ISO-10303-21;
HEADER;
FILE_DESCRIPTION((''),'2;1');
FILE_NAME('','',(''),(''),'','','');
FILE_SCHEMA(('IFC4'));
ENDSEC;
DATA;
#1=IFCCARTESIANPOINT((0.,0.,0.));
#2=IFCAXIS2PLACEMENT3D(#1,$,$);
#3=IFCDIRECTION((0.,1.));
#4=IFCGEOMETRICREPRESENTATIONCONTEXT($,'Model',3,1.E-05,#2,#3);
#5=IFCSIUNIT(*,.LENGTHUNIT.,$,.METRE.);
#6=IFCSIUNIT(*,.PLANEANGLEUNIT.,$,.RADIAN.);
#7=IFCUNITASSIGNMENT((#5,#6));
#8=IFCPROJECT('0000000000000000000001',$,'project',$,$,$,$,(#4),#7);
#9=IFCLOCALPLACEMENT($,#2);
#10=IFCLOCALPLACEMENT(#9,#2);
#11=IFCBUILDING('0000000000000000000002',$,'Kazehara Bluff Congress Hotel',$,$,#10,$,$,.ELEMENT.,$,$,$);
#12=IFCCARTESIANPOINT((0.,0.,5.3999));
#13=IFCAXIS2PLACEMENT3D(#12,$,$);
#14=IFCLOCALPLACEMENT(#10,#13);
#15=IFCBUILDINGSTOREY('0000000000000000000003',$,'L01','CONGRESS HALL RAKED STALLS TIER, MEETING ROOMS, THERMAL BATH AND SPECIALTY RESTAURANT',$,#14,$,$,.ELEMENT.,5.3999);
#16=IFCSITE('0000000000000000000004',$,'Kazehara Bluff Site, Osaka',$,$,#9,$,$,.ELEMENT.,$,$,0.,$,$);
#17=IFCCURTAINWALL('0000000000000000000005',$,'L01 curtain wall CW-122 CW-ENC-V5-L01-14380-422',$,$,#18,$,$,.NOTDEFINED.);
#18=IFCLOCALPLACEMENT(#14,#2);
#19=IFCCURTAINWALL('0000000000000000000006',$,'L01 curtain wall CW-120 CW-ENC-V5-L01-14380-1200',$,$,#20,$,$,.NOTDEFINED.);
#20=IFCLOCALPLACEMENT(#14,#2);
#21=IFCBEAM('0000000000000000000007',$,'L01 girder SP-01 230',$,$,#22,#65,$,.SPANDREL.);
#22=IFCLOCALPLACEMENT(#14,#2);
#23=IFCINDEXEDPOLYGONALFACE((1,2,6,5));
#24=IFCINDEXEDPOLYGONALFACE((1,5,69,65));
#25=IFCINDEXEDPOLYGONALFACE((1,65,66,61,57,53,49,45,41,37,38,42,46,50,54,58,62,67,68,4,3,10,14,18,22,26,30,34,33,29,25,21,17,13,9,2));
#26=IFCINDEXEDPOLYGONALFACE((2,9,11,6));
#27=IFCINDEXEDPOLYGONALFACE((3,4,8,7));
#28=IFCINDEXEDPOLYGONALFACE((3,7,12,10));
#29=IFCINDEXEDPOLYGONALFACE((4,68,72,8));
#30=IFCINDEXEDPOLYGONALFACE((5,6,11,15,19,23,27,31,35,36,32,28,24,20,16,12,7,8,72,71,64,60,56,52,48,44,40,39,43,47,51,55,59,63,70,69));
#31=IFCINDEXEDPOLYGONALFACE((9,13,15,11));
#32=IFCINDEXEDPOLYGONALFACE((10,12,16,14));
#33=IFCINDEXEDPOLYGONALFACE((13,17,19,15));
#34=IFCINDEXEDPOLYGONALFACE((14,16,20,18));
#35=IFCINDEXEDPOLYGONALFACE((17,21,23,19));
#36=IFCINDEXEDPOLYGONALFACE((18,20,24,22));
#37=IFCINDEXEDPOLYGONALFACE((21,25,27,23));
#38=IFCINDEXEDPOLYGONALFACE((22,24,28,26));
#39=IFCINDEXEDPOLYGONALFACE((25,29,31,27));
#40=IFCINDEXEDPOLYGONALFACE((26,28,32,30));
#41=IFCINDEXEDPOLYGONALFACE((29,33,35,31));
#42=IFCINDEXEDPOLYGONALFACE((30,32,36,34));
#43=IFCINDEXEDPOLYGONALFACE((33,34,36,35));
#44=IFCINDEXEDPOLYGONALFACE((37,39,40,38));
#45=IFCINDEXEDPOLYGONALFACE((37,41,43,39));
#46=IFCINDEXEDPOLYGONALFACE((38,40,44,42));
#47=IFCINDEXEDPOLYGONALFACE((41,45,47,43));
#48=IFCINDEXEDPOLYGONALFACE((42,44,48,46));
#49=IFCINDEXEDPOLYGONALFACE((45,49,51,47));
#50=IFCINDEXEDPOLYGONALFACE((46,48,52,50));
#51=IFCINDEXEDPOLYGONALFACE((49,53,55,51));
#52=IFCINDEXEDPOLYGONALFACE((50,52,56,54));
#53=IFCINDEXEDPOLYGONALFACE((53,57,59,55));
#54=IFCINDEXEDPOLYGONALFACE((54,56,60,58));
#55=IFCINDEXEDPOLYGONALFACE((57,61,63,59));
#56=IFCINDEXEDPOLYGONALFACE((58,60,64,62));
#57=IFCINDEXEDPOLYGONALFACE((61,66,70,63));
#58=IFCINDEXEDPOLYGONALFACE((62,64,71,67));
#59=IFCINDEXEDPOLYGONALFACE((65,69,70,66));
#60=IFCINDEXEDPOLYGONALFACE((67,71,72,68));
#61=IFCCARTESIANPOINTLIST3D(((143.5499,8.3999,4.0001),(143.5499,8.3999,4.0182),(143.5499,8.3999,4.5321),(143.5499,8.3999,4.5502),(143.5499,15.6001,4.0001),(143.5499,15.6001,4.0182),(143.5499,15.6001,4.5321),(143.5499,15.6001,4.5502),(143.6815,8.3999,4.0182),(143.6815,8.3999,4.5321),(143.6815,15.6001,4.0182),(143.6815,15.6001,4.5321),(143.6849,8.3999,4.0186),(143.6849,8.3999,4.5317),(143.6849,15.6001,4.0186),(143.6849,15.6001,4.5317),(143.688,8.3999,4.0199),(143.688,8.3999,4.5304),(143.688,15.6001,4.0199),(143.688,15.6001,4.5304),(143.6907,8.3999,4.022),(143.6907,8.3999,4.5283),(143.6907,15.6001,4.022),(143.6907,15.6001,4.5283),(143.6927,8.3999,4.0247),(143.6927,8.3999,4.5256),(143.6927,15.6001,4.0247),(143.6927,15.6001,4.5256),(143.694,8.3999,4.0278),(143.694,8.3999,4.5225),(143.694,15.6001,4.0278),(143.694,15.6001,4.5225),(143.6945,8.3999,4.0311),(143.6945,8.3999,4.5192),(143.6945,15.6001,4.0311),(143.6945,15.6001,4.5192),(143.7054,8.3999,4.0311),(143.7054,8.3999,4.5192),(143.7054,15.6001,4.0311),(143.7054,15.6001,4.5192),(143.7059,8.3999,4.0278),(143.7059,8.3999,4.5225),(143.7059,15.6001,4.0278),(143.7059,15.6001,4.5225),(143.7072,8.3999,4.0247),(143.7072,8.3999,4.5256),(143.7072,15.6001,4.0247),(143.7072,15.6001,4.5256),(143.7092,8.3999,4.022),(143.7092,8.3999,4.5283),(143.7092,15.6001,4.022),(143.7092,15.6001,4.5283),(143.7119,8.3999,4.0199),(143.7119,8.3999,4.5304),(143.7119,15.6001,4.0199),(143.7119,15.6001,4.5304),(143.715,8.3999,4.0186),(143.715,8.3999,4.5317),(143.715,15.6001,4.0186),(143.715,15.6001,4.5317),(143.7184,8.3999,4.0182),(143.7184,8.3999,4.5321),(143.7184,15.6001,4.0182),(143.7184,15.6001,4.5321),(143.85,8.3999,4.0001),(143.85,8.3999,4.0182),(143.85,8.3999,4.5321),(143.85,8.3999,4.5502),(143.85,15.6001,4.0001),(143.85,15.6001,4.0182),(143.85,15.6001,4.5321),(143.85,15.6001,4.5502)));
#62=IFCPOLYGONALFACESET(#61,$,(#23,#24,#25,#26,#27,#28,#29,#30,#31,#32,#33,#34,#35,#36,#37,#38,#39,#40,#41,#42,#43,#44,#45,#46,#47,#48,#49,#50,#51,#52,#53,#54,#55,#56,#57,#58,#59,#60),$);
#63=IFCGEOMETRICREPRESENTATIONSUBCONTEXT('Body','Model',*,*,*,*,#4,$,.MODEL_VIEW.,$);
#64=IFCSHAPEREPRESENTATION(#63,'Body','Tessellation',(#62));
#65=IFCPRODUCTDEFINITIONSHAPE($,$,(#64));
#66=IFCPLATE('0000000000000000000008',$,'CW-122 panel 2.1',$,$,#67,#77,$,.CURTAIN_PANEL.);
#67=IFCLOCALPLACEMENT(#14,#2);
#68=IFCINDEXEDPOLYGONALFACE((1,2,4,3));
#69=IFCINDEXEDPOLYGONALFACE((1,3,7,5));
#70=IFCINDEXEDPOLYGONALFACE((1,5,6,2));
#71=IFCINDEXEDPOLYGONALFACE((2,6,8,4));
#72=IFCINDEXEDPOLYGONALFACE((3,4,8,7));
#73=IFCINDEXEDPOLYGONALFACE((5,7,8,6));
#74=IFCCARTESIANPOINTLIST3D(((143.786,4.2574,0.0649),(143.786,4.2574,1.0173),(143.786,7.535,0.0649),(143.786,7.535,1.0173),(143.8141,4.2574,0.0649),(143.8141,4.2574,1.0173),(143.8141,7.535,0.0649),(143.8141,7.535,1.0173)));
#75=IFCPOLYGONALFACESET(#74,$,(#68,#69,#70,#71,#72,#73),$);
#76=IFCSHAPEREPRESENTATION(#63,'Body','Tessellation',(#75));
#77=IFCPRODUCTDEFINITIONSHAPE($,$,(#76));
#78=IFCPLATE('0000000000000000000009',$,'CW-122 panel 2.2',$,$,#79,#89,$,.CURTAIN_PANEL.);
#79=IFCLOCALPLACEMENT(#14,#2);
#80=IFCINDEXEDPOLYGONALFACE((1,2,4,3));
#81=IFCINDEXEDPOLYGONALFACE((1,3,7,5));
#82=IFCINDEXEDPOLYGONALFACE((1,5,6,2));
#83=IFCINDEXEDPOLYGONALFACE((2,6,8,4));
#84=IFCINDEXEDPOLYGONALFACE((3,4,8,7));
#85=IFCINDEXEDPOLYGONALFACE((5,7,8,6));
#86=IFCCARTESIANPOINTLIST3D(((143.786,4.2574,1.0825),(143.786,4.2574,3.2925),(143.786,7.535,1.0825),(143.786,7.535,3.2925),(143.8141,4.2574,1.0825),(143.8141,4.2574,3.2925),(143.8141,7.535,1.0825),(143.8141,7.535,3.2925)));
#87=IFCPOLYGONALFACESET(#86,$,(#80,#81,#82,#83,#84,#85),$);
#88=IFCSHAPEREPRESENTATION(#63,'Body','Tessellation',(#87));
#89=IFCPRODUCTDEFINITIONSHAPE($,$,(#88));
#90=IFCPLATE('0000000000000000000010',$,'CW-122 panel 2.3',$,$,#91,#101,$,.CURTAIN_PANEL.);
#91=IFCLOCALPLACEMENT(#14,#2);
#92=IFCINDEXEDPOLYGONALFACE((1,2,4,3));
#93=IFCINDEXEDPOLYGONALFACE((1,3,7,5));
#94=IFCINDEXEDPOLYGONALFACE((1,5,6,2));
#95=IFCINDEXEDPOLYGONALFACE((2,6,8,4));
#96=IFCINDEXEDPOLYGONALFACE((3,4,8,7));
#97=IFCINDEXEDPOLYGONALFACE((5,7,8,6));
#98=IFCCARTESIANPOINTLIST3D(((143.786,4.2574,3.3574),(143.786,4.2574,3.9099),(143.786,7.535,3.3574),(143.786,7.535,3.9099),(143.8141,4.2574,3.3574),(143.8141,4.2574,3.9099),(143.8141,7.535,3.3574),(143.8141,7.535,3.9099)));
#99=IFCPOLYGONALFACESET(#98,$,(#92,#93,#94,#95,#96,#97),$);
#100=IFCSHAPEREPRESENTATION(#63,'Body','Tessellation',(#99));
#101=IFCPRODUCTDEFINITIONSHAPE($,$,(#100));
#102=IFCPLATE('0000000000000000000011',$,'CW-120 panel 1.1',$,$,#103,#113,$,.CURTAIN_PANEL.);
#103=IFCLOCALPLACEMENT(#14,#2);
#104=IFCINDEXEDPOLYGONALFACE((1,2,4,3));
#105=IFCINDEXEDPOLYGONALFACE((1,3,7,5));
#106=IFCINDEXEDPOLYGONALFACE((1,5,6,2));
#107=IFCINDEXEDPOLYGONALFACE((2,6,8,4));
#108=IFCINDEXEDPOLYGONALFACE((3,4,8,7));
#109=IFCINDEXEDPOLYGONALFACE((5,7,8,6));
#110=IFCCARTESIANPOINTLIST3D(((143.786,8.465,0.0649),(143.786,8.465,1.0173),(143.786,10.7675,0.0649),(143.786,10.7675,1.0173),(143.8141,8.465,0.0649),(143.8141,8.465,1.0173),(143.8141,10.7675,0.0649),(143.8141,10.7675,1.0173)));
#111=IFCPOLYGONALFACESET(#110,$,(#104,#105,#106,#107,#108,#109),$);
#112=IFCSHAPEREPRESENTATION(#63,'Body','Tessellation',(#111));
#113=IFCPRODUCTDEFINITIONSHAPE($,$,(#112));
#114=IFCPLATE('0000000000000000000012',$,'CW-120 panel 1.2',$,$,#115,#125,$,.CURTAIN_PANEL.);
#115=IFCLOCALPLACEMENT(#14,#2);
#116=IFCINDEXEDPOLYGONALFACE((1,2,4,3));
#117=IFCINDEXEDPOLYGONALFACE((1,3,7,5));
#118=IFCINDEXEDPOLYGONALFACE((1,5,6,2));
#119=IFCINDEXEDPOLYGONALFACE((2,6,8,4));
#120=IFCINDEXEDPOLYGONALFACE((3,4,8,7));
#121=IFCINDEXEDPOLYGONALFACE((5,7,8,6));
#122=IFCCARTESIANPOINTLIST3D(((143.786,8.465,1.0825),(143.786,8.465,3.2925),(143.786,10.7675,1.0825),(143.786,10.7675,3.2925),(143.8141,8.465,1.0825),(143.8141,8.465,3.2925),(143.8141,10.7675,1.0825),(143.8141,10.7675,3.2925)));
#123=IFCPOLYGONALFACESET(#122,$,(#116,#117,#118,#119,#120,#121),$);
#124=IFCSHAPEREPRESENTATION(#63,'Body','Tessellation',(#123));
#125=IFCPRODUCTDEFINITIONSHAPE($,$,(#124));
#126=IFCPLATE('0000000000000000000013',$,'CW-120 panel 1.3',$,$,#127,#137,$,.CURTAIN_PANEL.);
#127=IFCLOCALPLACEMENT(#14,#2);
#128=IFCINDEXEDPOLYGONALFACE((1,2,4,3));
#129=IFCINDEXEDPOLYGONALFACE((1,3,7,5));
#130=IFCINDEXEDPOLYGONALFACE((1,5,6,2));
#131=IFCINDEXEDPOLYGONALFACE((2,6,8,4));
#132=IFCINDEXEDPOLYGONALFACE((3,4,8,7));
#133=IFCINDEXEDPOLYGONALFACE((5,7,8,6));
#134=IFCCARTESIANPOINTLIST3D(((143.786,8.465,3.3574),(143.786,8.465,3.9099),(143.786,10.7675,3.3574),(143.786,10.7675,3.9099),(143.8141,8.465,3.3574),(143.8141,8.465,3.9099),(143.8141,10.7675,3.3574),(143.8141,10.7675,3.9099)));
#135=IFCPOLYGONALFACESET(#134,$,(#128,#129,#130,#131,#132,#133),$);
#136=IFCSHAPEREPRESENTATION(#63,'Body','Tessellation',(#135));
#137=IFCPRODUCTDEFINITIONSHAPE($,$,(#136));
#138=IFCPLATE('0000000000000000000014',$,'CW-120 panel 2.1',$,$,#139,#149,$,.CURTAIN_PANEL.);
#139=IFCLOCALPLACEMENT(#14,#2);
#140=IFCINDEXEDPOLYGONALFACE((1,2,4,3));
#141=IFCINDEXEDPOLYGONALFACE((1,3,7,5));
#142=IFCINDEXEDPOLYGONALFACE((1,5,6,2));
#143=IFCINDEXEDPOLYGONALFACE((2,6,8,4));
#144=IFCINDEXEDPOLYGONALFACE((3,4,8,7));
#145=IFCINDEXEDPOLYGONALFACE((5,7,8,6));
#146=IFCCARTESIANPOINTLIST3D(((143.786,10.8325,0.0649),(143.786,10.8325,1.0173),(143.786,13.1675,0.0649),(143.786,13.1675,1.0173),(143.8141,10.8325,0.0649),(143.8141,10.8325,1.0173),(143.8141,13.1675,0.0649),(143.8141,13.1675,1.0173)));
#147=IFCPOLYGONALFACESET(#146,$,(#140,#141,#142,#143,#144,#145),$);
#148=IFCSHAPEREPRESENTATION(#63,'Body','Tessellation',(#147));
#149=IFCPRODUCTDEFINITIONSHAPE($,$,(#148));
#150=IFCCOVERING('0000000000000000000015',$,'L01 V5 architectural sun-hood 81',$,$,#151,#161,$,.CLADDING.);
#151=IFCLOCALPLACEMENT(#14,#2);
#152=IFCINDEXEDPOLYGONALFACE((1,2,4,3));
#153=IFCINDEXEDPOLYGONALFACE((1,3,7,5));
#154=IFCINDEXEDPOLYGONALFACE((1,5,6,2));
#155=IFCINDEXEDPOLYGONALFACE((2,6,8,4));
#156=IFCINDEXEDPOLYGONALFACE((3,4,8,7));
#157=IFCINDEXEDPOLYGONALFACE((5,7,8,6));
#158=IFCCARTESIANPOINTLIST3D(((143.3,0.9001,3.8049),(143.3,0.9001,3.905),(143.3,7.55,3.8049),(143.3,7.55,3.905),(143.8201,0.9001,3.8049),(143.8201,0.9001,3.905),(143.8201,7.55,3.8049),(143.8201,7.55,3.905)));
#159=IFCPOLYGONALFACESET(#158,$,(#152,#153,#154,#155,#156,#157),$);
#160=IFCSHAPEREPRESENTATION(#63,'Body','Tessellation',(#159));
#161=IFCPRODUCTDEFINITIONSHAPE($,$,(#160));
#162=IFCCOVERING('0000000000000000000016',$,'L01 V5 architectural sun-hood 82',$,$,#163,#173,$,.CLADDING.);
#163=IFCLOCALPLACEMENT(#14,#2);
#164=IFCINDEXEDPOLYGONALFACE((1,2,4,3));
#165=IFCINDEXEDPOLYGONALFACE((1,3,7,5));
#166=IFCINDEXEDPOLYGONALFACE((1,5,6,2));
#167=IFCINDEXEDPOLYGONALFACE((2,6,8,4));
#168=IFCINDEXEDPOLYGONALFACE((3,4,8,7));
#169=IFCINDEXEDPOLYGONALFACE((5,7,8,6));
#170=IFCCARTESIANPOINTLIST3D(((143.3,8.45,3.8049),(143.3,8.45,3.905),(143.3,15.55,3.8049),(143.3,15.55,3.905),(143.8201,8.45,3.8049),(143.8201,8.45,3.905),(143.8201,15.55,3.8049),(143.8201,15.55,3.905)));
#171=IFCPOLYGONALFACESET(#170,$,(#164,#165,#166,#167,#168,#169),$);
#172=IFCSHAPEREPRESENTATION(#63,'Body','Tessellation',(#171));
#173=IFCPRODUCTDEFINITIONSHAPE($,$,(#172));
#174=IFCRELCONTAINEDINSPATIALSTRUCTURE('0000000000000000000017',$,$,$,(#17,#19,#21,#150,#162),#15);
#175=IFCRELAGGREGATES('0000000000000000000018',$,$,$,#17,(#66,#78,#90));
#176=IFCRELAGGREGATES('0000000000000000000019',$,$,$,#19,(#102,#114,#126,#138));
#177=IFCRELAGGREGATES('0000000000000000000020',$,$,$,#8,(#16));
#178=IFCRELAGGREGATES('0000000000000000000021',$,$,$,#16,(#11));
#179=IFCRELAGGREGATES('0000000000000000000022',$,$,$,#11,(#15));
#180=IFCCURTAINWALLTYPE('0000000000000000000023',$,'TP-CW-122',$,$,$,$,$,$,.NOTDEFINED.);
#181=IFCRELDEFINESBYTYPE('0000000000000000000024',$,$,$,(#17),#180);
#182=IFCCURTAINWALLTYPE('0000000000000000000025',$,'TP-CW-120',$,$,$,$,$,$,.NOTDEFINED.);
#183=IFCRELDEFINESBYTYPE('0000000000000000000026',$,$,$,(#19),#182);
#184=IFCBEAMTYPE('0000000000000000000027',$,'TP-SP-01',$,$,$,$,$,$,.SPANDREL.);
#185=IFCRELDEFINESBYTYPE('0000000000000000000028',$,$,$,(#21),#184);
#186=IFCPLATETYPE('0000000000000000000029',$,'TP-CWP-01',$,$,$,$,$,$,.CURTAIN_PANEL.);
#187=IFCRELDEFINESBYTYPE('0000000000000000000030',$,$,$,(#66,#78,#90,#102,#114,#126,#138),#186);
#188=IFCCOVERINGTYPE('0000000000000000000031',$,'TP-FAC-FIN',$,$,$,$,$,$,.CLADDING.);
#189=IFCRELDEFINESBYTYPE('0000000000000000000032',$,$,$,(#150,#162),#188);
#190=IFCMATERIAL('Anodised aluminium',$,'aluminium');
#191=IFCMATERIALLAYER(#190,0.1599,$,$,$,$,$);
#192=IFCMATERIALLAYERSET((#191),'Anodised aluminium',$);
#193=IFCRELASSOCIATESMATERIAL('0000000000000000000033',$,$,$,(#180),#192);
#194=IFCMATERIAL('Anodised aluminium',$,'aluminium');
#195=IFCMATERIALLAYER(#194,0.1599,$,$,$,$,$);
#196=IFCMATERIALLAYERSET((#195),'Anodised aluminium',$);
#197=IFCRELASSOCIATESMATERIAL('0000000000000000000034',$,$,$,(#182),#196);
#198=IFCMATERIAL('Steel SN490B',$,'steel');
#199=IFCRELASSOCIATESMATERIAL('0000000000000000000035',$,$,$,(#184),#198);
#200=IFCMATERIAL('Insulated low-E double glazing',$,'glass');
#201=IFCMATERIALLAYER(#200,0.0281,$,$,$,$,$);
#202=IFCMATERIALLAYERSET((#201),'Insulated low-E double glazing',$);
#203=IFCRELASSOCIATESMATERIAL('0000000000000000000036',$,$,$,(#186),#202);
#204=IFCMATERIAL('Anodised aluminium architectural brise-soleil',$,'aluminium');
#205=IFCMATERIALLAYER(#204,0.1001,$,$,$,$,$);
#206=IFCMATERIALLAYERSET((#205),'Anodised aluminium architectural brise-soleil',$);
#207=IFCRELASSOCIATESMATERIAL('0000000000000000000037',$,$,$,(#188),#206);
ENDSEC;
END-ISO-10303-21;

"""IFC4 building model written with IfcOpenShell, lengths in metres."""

from ifc_helpers import new_model, si_unit, direction, frame, origin, origin_2d, place, context, subcontext, project, spatial, rectangle, i_section, extrude, material, layer, layer_set, material_profile, profile_set, type_object, element, aggregate, save


model = new_model("IFC4")

# Units and contexts
model_context = context("Model", 3, precision=1e-05, world=origin(), true_north=direction((0.0, 1.0)))
body_context = subcontext(model_context, "Body", "Model", "MODEL_VIEW")
ifc_project = project(units=[si_unit("LENGTHUNIT", "METRE"), si_unit("PLANEANGLEUNIT", "RADIAN")], contexts=[model_context])

# Site, building, storey
site_placement = place(None, origin())
site = spatial("IfcSite", under=ifc_project, at=site_placement, Name="Kazehara Bluff Site, Osaka", CompositionType="ELEMENT", RefElevation=0.0)
building_placement = place(site_placement, origin())
building = spatial("IfcBuilding", under=site, at=building_placement, Name="Kazehara Bluff Congress Hotel", CompositionType="ELEMENT")
storey_placement = place(building_placement, frame((0.0, 0.0, 5.3999)))
storey = spatial("IfcBuildingStorey", under=building, at=storey_placement, Name="L01", Description="CONGRESS HALL RAKED STALLS TIER, MEETING ROOMS, THERMAL BATH AND SPECIALTY RESTAURANT", CompositionType="ELEMENT", Elevation=5.3999)

# Curtain walls
ifc_material_1 = material(Name="Anodised aluminium", Category="aluminium")
ifc_layer_1 = layer(ifc_material_1, 0.1599)
ifc_layer_set_1 = layer_set([ifc_layer_1], Name="Anodised aluminium")
curtain_wall_type_1 = type_object("IfcCurtainWallType", Name="TP-CW-122", PredefinedType="NOTDEFINED", material=ifc_layer_set_1)
curtain_wall_1_placement = place(storey_placement, origin())
curtain_wall_1 = element("IfcCurtainWall", 1, at=curtain_wall_1_placement, inside=storey, type_object=curtain_wall_type_1, Name="L01 curtain wall CW-122 CW-ENC-V5-L01-14380-422", PredefinedType="NOTDEFINED")
ifc_material_2 = material(Name="Anodised aluminium", Category="aluminium")
ifc_layer_2 = layer(ifc_material_2, 0.1599)
ifc_layer_set_2 = layer_set([ifc_layer_2], Name="Anodised aluminium")
curtain_wall_type_2 = type_object("IfcCurtainWallType", Name="TP-CW-120", PredefinedType="NOTDEFINED", material=ifc_layer_set_2)
curtain_wall_2_placement = place(storey_placement, origin())
curtain_wall_2 = element("IfcCurtainWall", 2, at=curtain_wall_2_placement, inside=storey, type_object=curtain_wall_type_2, Name="L01 curtain wall CW-120 CW-ENC-V5-L01-14380-1200", PredefinedType="NOTDEFINED")

# Beam
ifc_material_3 = material(Name="Steel SN490B", Category="steel")
ifc_material_profile_1 = material_profile(ifc_material_3, i_section(OverallWidth=0.3, OverallDepth=0.55, WebThickness=0.011, FlangeThickness=0.0181, FilletRadius=0.0129, at=origin_2d()))
ifc_profile_set_1 = profile_set([ifc_material_profile_1], Name="Steel SN490B")
beam_type_1 = type_object("IfcBeamType", Name="TP-SP-01", PredefinedType="SPANDREL", material=ifc_profile_set_1)
beam_1_placement = place(storey_placement, frame((143.7, 8.3999, 4.2751), z_axis=(0.0, 1.0, 0.0), x_axis=(-1.0, 0.0, 0.0)))
element("IfcBeam", 3, at=beam_1_placement, inside=storey, type_object=beam_type_1, Name="L01 girder SP-01 230", PredefinedType="SPANDREL", context=body_context, shape_type="SweptSolid", body=[
    extrude(i_section(OverallWidth=0.3, OverallDepth=0.55, WebThickness=0.011, FlangeThickness=0.0181, FilletRadius=0.0129, at=origin_2d()), origin(), (0.0, 0.0, 1.0), 7.2002),
])

# Plates
ifc_material_4 = material(Name="Insulated low-E double glazing", Category="glass")
ifc_layer_3 = layer(ifc_material_4, 0.0281)
ifc_layer_set_3 = layer_set([ifc_layer_3], Name="Insulated low-E double glazing")
plate_type = type_object("IfcPlateType", Name="TP-CWP-01", PredefinedType="CURTAIN_PANEL", material=ifc_layer_set_3)
plate_1_placement = place(storey_placement, frame((143.8, 5.8962, 0.0649), z_axis=(0.0, 0.0, 1.0), x_axis=(0.0, 1.0, 0.0)))
plate_1 = element("IfcPlate", 4, at=plate_1_placement, type_object=plate_type, Name="CW-122 panel 2.1", PredefinedType="CURTAIN_PANEL", context=body_context, shape_type="SweptSolid", body=[
    extrude(rectangle(XDim=3.2776, YDim=0.0281, at=origin_2d()), origin(), (0.0, 0.0, 1.0), 0.9524),
])
plate_2_placement = place(storey_placement, frame((143.8, 5.8962, 1.0825), z_axis=(0.0, 0.0, 1.0), x_axis=(0.0, 1.0, 0.0)))
plate_2 = element("IfcPlate", 5, at=plate_2_placement, type_object=plate_type, Name="CW-122 panel 2.2", PredefinedType="CURTAIN_PANEL", context=body_context, shape_type="SweptSolid", body=[
    extrude(rectangle(XDim=3.2776, YDim=0.0281, at=origin_2d()), origin(), (0.0, 0.0, 1.0), 2.21),
])
plate_3_placement = place(storey_placement, frame((143.8, 5.8962, 3.3574), z_axis=(0.0, 0.0, 1.0), x_axis=(0.0, 1.0, 0.0)))
plate_3 = element("IfcPlate", 6, at=plate_3_placement, type_object=plate_type, Name="CW-122 panel 2.3", PredefinedType="CURTAIN_PANEL", context=body_context, shape_type="SweptSolid", body=[
    extrude(rectangle(XDim=3.2776, YDim=0.0281, at=origin_2d()), origin(), (0.0, 0.0, 1.0), 0.5525),
])
aggregate(curtain_wall_1, [plate_1, plate_2, plate_3])
plate_4_placement = place(storey_placement, frame((143.8, 9.6162, 0.0649), z_axis=(0.0, 0.0, 1.0), x_axis=(0.0, 1.0, 0.0)))
plate_4 = element("IfcPlate", 7, at=plate_4_placement, type_object=plate_type, Name="CW-120 panel 1.1", PredefinedType="CURTAIN_PANEL", context=body_context, shape_type="SweptSolid", body=[
    extrude(rectangle(XDim=2.3025, YDim=0.0281, at=origin_2d()), origin(), (0.0, 0.0, 1.0), 0.9524),
])
plate_5_placement = place(storey_placement, frame((143.8, 9.6162, 1.0825), z_axis=(0.0, 0.0, 1.0), x_axis=(0.0, 1.0, 0.0)))
plate_5 = element("IfcPlate", 8, at=plate_5_placement, type_object=plate_type, Name="CW-120 panel 1.2", PredefinedType="CURTAIN_PANEL", context=body_context, shape_type="SweptSolid", body=[
    extrude(rectangle(XDim=2.3025, YDim=0.0281, at=origin_2d()), origin(), (0.0, 0.0, 1.0), 2.21),
])
plate_6_placement = place(storey_placement, frame((143.8, 9.6162, 3.3574), z_axis=(0.0, 0.0, 1.0), x_axis=(0.0, 1.0, 0.0)))
plate_6 = element("IfcPlate", 9, at=plate_6_placement, type_object=plate_type, Name="CW-120 panel 1.3", PredefinedType="CURTAIN_PANEL", context=body_context, shape_type="SweptSolid", body=[
    extrude(rectangle(XDim=2.3025, YDim=0.0281, at=origin_2d()), origin(), (0.0, 0.0, 1.0), 0.5525),
])
plate_7_placement = place(storey_placement, frame((143.8, 12.0, 0.0649), z_axis=(0.0, 0.0, 1.0), x_axis=(0.0, 1.0, 0.0)))
plate_7 = element("IfcPlate", 10, at=plate_7_placement, type_object=plate_type, Name="CW-120 panel 2.1", PredefinedType="CURTAIN_PANEL", context=body_context, shape_type="SweptSolid", body=[
    extrude(rectangle(XDim=2.335, YDim=0.0281, at=origin_2d()), origin(), (0.0, 0.0, 1.0), 0.9524),
])
aggregate(curtain_wall_2, [plate_4, plate_5, plate_6, plate_7])

# Coverings
ifc_material_5 = material(Name="Anodised aluminium architectural brise-soleil", Category="aluminium")
ifc_layer_4 = layer(ifc_material_5, 0.1001)
ifc_layer_set_4 = layer_set([ifc_layer_4], Name="Anodised aluminium architectural brise-soleil")
covering_type = type_object("IfcCoveringType", Name="TP-FAC-FIN", PredefinedType="CLADDING", material=ifc_layer_set_4)
covering_1_placement = place(storey_placement, frame((143.5601, 4.2251, 3.8049), z_axis=(0.0, 0.0, 1.0), x_axis=(1.0, 0.0, 0.0)))
element("IfcCovering", 11, at=covering_1_placement, inside=storey, type_object=covering_type, Name="L01 V5 architectural sun-hood 81", PredefinedType="CLADDING", context=body_context, shape_type="SweptSolid", body=[
    extrude(rectangle(XDim=0.52, YDim=6.6499, at=origin_2d()), origin(), (0.0, 0.0, 1.0), 0.1001),
])
covering_2_placement = place(storey_placement, frame((143.5601, 12.0, 3.8049), z_axis=(0.0, 0.0, 1.0), x_axis=(1.0, 0.0, 0.0)))
element("IfcCovering", 12, at=covering_2_placement, inside=storey, type_object=covering_type, Name="L01 V5 architectural sun-hood 82", PredefinedType="CLADDING", context=body_context, shape_type="SweptSolid", body=[
    extrude(rectangle(XDim=0.52, YDim=7.1001, at=origin_2d()), origin(), (0.0, 0.0, 1.0), 0.1001),
])

save(model, "model.ifc")
